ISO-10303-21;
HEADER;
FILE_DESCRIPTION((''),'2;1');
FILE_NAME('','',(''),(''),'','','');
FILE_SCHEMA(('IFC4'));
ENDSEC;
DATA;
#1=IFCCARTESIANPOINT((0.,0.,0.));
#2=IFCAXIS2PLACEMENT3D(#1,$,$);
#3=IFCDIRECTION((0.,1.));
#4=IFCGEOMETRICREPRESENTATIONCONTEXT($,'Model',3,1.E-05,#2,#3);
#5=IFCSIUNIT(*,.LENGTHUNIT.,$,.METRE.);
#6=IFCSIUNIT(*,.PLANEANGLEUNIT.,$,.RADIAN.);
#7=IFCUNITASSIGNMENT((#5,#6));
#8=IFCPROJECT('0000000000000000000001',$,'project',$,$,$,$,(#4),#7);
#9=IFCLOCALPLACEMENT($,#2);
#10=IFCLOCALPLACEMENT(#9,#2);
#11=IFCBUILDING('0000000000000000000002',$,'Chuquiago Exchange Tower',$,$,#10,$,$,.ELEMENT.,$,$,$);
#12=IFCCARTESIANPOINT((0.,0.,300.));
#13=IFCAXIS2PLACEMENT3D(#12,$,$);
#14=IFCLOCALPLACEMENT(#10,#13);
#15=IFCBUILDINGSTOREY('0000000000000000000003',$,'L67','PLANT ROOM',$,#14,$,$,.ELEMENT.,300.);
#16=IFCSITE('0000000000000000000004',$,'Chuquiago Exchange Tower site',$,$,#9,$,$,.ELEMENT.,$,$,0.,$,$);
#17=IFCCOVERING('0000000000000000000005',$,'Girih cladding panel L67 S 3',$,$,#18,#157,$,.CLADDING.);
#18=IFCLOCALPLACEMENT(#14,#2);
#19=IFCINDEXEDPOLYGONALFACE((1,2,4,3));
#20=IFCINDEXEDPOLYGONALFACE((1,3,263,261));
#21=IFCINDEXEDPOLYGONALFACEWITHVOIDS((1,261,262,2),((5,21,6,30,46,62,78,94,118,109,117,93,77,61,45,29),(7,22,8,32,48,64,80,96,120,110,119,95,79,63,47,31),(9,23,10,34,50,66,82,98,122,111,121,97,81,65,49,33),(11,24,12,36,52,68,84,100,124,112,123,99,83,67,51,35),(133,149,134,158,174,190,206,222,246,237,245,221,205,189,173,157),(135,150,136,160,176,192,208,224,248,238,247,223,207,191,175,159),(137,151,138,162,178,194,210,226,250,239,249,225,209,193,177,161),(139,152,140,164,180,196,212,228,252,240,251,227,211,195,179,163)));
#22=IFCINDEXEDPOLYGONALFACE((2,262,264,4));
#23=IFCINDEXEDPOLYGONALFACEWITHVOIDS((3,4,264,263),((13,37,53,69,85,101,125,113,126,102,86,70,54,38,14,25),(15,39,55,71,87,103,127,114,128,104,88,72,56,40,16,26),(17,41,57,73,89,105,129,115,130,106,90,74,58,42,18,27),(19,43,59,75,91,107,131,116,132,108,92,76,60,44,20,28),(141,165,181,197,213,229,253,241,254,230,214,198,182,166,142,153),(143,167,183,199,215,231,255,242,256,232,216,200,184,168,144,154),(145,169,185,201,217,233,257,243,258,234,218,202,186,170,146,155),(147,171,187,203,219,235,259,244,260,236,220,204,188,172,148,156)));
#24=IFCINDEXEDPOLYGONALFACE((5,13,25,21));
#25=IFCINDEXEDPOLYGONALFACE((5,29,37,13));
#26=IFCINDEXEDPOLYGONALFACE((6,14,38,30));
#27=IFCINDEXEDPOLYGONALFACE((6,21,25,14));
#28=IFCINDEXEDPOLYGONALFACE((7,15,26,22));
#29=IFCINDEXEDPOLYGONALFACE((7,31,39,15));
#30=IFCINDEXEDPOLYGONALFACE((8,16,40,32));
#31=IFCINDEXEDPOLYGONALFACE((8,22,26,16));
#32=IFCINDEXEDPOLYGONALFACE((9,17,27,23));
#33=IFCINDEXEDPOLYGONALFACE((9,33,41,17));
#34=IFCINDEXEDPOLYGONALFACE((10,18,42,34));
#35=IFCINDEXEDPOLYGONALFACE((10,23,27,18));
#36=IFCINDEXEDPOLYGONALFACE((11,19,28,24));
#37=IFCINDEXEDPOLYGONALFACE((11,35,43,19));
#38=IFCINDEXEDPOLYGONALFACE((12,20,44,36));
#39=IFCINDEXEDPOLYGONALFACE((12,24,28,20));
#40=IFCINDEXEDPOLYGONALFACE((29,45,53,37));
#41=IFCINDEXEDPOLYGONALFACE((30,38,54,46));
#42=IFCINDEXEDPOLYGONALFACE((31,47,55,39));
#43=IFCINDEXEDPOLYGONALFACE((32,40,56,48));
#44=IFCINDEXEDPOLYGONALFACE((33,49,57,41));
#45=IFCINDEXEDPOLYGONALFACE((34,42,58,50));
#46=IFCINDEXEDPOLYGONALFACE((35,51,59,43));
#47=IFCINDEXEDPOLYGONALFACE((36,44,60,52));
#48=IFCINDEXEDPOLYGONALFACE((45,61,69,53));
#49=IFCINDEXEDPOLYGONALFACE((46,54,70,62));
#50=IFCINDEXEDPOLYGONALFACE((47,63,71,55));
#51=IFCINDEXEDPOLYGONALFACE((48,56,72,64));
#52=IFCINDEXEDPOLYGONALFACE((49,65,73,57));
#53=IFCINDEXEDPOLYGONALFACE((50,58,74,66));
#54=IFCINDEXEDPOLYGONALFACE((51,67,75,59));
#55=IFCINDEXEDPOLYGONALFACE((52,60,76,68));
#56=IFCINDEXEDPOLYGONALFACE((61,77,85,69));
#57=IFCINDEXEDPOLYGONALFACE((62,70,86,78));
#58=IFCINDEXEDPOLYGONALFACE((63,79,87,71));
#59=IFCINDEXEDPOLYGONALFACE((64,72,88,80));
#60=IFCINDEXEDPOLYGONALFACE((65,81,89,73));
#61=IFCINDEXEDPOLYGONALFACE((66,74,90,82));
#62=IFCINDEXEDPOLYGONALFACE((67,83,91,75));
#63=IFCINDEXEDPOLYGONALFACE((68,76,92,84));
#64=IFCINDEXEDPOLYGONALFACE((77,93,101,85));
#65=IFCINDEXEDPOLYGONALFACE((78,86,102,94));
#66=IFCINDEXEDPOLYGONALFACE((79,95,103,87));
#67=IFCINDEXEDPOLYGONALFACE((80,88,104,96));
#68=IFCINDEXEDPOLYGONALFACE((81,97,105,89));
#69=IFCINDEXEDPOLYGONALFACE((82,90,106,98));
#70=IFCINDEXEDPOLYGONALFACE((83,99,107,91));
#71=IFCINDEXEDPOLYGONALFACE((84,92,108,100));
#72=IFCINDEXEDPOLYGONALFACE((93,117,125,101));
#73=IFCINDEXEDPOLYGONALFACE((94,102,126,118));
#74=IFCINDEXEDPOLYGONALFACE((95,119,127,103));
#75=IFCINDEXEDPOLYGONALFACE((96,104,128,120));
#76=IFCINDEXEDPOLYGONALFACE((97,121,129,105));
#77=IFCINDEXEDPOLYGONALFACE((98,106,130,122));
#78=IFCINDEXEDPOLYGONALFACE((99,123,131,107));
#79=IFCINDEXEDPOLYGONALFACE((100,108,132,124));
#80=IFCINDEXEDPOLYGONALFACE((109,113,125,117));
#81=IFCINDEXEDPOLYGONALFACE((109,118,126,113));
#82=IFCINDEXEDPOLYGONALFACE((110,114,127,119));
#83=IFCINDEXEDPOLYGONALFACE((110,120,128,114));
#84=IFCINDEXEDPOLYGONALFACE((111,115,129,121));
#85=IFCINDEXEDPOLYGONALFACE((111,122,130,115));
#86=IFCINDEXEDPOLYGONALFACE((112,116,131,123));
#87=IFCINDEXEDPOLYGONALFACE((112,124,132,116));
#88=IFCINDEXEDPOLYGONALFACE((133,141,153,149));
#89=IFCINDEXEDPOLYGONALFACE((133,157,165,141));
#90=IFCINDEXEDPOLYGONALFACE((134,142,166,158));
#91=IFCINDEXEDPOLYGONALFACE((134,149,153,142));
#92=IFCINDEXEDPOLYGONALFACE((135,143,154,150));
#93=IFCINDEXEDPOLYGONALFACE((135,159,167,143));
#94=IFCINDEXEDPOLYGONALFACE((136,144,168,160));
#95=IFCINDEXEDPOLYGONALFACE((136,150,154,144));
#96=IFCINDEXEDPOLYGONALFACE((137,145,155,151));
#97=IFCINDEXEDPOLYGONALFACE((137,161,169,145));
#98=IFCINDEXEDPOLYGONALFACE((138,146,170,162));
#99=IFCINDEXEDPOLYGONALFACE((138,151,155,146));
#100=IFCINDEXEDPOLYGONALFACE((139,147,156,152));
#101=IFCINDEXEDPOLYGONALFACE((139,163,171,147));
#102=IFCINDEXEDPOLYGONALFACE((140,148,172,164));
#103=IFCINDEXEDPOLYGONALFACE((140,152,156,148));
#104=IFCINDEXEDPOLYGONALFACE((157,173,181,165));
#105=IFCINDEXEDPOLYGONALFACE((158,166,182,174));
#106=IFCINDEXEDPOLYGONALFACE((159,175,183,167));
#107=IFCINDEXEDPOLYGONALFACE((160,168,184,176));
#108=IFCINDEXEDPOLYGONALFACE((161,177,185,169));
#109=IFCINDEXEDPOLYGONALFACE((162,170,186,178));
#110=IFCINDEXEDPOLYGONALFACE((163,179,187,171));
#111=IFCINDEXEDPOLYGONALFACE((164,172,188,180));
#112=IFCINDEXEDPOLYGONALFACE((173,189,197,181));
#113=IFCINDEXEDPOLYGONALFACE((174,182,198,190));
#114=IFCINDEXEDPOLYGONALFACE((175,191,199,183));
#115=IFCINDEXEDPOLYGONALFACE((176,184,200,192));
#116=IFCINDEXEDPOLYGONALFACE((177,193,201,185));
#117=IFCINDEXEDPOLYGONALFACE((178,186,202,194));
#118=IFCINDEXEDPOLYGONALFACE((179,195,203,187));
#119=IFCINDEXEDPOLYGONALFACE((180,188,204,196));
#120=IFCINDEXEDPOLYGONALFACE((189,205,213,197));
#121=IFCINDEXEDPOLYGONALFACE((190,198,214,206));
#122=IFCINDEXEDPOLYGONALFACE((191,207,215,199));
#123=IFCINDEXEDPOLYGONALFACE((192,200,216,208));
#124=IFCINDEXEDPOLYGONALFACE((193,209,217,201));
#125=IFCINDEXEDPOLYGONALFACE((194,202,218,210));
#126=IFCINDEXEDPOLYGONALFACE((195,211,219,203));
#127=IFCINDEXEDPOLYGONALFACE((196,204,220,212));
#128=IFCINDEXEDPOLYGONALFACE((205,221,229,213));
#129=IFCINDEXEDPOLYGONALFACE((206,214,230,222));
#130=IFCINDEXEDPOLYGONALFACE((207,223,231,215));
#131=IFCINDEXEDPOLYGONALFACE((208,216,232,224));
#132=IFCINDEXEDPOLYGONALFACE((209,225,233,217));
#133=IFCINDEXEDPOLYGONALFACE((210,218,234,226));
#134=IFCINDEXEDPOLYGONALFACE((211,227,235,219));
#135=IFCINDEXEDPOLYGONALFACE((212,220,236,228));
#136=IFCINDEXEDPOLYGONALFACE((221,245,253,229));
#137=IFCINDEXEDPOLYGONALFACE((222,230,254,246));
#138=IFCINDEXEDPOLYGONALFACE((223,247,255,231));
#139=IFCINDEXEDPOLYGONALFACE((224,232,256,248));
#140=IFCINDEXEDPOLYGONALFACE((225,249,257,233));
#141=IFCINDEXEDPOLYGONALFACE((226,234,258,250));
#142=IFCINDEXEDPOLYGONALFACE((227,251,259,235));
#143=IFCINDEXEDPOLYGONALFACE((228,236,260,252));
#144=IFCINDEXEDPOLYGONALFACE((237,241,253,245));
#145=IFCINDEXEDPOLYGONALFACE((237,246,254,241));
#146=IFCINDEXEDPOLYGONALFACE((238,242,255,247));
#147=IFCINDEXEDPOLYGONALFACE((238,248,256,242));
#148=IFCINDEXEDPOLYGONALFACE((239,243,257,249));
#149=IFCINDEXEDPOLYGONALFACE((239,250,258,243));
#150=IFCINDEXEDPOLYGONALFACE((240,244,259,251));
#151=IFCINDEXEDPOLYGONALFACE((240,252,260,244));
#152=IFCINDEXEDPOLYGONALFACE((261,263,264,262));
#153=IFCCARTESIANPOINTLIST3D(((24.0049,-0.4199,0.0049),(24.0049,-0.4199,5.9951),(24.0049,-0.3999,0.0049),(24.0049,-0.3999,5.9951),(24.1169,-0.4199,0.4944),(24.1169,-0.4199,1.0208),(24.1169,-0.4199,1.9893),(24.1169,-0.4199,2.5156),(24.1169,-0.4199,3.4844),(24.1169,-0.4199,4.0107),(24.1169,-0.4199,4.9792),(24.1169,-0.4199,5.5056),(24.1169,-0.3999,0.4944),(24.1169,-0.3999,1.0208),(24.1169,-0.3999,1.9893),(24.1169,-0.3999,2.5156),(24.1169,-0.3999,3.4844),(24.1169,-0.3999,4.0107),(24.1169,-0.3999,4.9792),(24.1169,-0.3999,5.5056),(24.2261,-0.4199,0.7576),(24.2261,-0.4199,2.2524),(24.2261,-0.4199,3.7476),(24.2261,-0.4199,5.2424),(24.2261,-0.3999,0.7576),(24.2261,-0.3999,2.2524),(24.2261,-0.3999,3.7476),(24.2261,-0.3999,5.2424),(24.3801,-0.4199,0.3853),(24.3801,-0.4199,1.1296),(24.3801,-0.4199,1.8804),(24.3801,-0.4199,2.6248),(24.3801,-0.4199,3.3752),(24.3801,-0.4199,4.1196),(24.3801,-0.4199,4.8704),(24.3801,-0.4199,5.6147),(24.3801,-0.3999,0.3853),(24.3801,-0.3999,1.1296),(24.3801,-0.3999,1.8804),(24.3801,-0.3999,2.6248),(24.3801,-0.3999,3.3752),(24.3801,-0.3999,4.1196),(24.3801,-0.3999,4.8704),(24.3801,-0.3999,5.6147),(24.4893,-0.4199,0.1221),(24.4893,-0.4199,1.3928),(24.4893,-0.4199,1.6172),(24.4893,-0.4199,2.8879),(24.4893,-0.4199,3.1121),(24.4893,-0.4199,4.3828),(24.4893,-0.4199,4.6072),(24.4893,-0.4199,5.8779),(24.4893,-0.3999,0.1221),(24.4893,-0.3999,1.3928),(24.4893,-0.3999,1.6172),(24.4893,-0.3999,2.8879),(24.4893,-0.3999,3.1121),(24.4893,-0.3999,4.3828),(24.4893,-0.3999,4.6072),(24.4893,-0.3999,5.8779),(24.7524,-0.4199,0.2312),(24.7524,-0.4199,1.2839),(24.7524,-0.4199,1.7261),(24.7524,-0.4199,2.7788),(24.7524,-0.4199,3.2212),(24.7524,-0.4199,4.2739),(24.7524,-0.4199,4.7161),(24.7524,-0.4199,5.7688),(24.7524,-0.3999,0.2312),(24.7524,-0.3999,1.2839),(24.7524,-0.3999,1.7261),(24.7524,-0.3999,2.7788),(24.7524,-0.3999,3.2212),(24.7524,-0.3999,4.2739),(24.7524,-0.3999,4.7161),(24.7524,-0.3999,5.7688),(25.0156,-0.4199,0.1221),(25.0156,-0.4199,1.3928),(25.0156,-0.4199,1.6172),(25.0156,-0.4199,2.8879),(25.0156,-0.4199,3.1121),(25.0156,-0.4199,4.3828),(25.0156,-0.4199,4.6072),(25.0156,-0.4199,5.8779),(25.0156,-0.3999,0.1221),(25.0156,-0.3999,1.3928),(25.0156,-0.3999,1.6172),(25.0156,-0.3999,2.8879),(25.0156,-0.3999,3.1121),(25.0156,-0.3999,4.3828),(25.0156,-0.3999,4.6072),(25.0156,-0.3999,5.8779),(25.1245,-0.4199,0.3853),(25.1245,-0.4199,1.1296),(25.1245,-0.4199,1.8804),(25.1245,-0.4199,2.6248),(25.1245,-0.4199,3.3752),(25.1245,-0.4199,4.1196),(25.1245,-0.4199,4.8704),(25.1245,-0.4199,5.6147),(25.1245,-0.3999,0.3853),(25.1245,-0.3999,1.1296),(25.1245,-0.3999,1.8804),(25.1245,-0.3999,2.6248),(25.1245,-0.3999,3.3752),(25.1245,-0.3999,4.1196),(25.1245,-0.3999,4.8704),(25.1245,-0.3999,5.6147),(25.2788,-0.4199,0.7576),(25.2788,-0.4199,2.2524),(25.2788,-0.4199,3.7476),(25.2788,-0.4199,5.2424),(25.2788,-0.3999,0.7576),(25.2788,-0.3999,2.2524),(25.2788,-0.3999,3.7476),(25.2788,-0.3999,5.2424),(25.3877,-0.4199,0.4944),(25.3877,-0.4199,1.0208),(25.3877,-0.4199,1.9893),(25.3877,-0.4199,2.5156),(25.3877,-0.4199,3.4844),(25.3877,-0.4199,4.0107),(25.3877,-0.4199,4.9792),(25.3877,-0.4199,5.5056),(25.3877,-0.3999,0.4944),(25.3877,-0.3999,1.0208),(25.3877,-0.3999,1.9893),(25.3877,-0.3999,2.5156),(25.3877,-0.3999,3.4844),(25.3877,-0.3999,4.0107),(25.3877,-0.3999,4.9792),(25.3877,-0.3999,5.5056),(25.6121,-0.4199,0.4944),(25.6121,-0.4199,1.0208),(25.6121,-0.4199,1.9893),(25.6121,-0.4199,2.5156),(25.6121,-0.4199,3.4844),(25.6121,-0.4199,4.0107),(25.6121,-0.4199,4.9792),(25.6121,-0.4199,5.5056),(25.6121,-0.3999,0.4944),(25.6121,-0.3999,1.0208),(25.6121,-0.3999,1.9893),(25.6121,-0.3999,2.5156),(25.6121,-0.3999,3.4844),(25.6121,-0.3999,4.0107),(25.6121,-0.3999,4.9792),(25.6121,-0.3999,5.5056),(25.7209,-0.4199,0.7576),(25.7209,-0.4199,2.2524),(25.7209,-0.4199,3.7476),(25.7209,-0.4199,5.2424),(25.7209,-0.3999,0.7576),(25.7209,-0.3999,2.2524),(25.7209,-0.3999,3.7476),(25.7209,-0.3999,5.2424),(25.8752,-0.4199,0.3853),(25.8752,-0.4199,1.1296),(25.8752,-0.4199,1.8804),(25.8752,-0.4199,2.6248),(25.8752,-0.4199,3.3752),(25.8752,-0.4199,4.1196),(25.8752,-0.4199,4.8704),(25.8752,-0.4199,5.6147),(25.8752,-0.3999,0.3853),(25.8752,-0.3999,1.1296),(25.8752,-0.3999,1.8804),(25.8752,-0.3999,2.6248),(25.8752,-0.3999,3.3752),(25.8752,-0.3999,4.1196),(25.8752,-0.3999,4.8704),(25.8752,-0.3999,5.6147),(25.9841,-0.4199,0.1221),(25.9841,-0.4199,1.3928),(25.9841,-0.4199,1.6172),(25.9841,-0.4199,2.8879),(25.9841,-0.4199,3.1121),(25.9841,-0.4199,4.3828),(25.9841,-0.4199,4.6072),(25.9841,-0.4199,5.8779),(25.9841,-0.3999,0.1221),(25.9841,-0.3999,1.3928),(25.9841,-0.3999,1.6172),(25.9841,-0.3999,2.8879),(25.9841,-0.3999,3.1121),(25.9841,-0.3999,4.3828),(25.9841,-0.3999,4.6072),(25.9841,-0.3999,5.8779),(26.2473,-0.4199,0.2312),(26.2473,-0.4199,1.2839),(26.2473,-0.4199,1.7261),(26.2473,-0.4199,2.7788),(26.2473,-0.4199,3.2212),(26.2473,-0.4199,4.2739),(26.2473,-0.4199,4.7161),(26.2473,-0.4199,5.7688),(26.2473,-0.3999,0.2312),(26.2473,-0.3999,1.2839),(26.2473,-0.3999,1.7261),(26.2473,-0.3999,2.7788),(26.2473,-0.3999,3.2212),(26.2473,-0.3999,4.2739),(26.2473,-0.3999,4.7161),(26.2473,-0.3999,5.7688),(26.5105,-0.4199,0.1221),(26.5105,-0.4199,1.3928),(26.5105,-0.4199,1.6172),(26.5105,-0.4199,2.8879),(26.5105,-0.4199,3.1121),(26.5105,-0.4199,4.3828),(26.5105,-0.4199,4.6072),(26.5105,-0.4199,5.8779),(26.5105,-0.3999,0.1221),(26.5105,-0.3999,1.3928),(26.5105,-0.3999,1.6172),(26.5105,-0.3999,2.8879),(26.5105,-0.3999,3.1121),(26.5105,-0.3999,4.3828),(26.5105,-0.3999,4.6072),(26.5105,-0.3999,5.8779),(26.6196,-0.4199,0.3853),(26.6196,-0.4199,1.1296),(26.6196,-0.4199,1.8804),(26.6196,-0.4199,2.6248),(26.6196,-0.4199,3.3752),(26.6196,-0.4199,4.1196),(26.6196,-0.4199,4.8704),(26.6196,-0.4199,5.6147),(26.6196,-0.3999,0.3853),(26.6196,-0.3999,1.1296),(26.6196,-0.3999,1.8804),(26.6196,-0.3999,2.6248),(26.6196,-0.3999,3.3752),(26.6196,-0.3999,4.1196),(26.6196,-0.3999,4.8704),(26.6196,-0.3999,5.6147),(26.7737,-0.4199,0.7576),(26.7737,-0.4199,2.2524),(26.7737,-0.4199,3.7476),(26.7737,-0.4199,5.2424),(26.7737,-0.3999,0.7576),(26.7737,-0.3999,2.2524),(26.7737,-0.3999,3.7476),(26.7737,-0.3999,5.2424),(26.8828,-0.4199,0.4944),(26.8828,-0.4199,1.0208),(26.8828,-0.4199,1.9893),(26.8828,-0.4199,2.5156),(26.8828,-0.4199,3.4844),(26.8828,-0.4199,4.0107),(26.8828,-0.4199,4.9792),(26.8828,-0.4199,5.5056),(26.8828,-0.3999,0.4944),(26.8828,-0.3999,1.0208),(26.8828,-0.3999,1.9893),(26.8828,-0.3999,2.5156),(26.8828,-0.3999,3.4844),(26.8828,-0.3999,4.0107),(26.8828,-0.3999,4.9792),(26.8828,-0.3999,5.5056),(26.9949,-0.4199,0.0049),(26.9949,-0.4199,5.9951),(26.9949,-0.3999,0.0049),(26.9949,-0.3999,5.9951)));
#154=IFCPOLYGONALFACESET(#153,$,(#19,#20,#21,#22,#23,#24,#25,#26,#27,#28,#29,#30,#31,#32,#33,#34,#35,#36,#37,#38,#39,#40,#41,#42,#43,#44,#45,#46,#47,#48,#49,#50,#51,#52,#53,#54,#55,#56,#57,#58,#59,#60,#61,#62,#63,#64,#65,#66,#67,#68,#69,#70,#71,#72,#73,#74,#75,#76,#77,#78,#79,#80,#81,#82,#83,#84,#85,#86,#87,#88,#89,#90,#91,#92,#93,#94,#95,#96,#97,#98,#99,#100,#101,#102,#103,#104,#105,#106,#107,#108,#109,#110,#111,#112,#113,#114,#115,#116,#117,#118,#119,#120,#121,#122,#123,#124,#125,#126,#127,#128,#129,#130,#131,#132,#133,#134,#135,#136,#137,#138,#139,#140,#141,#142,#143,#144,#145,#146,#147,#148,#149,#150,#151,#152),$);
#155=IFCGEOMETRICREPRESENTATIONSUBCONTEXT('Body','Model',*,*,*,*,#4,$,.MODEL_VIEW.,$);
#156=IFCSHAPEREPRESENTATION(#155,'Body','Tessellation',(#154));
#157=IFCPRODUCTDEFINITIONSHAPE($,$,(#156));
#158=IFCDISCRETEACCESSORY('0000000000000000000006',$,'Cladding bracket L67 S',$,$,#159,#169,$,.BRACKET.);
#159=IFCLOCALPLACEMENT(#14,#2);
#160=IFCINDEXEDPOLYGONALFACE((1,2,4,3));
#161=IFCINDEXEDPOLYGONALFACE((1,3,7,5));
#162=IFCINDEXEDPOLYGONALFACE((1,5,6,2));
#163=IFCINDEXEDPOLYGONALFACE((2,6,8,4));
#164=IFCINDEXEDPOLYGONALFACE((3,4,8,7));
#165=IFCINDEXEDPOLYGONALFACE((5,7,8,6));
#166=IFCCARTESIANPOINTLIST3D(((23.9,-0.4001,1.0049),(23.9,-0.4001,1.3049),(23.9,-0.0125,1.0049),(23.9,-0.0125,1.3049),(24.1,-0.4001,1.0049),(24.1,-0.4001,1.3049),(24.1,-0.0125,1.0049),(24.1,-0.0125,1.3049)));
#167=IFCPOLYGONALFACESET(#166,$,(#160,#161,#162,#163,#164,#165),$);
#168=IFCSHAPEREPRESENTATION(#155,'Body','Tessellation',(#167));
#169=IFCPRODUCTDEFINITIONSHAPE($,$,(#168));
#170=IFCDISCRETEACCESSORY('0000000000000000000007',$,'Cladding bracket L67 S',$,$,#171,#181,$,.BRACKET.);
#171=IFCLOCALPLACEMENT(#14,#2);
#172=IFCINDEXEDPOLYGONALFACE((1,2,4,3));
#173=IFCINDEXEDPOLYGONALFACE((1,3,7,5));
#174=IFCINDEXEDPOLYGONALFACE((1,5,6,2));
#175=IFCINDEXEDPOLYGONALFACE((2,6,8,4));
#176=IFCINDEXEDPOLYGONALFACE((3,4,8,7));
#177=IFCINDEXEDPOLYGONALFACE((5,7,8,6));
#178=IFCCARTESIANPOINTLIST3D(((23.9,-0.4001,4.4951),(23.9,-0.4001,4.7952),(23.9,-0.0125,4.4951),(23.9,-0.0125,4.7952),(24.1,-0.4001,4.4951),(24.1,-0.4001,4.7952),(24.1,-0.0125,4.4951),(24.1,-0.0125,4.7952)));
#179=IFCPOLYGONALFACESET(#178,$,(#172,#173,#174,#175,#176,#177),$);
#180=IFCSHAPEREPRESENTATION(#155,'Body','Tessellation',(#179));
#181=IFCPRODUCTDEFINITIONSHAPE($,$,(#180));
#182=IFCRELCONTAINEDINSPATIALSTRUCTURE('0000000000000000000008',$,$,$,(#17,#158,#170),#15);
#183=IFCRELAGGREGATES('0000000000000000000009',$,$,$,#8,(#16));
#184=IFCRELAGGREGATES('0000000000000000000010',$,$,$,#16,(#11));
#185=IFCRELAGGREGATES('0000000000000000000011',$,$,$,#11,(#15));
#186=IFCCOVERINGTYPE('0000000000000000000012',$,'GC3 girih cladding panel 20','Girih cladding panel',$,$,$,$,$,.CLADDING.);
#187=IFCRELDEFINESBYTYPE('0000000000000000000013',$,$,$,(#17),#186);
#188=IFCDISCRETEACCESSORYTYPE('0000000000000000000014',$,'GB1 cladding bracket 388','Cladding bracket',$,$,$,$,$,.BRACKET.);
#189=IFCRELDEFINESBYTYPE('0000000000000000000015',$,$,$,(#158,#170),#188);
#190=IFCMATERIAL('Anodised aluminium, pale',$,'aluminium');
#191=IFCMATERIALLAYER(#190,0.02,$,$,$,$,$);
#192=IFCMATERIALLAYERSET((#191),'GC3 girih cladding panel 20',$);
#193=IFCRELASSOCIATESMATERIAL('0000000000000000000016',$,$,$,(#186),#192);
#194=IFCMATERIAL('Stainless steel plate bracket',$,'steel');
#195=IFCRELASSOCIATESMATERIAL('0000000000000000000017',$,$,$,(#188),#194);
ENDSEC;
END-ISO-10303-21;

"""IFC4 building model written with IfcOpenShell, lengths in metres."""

from ifc_helpers import new_model, si_unit, direction, frame, origin, origin_2d, place, context, subcontext, project, spatial, polyline, rectangle, outline, extrude, material, layer, layer_set, type_object, element, save


model = new_model("IFC4")

# Units and contexts
model_context = context("Model", 3, precision=1e-05, world=origin(), true_north=direction((0.0, 1.0)))
body_context = subcontext(model_context, "Body", "Model", "MODEL_VIEW")
ifc_project = project(units=[si_unit("LENGTHUNIT", "METRE"), si_unit("PLANEANGLEUNIT", "RADIAN")], contexts=[model_context])

# Site, building, storey
site_placement = place(None, origin())
site = spatial("IfcSite", under=ifc_project, at=site_placement, Name="Chuquiago Exchange Tower site", CompositionType="ELEMENT", RefElevation=0.0)
building_placement = place(site_placement, origin())
building = spatial("IfcBuilding", under=site, at=building_placement, Name="Chuquiago Exchange Tower", CompositionType="ELEMENT")
storey_placement = place(building_placement, frame((0.0, 0.0, 300.0)))
storey = spatial("IfcBuildingStorey", under=building, at=storey_placement, Name="L67", Description="PLANT ROOM", CompositionType="ELEMENT", Elevation=300.0)

# Covering
ifc_material_1 = material(Name="Anodised aluminium, pale", Category="aluminium")
ifc_layer_1 = layer(ifc_material_1, 0.02)
ifc_layer_set_1 = layer_set([ifc_layer_1], Name="GC3 girih cladding panel 20")
covering_type_1 = type_object("IfcCoveringType", Name="GC3 girih cladding panel 20", Description="Girih cladding panel", PredefinedType="CLADDING", material=ifc_layer_set_1)
covering_1_placement = place(storey_placement, frame((24.0049, -0.3999, 0.0049), z_axis=(0.0, 0.0, 1.0), x_axis=(1.0, 0.0, 0.0)))
element("IfcCovering", 1, at=covering_1_placement, inside=storey, type_object=covering_type_1, Name="Girih cladding panel L67 S 3", PredefinedType="CLADDING", context=body_context, shape_type="SweptSolid", body=[
    extrude(outline(polyline([(0.0, 0.0), (2.99, 0.0), (2.99, 5.9902), (0.0, 5.9902), (0.0, 0.0)]), holes=[polyline([(1.2739, 0.7527), (1.3828, 1.0159), (1.1196, 1.1248), (1.0107, 1.3879), (0.7476, 1.2791), (0.4844, 1.3879), (0.3752, 1.1248), (0.1121, 1.0159), (0.2212, 0.7527), (0.1121, 0.4895), (0.3752, 0.3804), (0.4844, 0.1172), (0.7476, 0.2263), (1.0107, 0.1172), (1.1196, 0.3804), (1.3828, 0.4895), (1.2739, 0.7527)]), polyline([(2.7688, 0.7527), (2.8779, 1.0159), (2.6147, 1.1248), (2.5056, 1.3879), (2.2424, 1.2791), (1.9792, 1.3879), (1.8704, 1.1248), (1.6072, 1.0159), (1.7161, 0.7527), (1.6072, 0.4895), (1.8704, 0.3804), (1.9792, 0.1172), (2.2424, 0.2263), (2.5056, 0.1172), (2.6147, 0.3804), (2.8779, 0.4895), (2.7688, 0.7527)]), polyline([(1.2739, 2.2476), (1.3828, 2.5107), (1.1196, 2.6199), (1.0107, 2.8831), (0.7476, 2.7739), (0.4844, 2.8831), (0.3752, 2.6199), (0.1121, 2.5107), (0.2212, 2.2476), (0.1121, 1.9844), (0.3752, 1.8755), (0.4844, 1.6123), (0.7476, 1.7212), (1.0107, 1.6123), (1.1196, 1.8755), (1.3828, 1.9844), (1.2739, 2.2476)]), polyline([(2.7688, 2.2476), (2.8779, 2.5107), (2.6147, 2.6199), (2.5056, 2.8831), (2.2424, 2.7739), (1.9792, 2.8831), (1.8704, 2.6199), (1.6072, 2.5107), (1.7161, 2.2476), (1.6072, 1.9844), (1.8704, 1.8755), (1.9792, 1.6123), (2.2424, 1.7212), (2.5056, 1.6123), (2.6147, 1.8755), (2.8779, 1.9844), (2.7688, 2.2476)]), polyline([(1.2739, 3.7427), (1.3828, 4.0059), (1.1196, 4.1147), (1.0107, 4.3779), (0.7476, 4.269), (0.4844, 4.3779), (0.3752, 4.1147), (0.1121, 4.0059), (0.2212, 3.7427), (0.1121, 3.4795), (0.3752, 3.3704), (0.4844, 3.1072), (0.7476, 3.2163), (1.0107, 3.1072), (1.1196, 3.3704), (1.3828, 3.4795), (1.2739, 3.7427)]), polyline([(2.7688, 3.7427), (2.8779, 4.0059), (2.6147, 4.1147), (2.5056, 4.3779), (2.2424, 4.269), (1.9792, 4.3779), (1.8704, 4.1147), (1.6072, 4.0059), (1.7161, 3.7427), (1.6072, 3.4795), (1.8704, 3.3704), (1.9792, 3.1072), (2.2424, 3.2163), (2.5056, 3.1072), (2.6147, 3.3704), (2.8779, 3.4795), (2.7688, 3.7427)]), polyline([(1.2739, 5.2375), (1.3828, 5.5007), (1.1196, 5.6099), (1.0107, 5.873), (0.7476, 5.7639), (0.4844, 5.873), (0.3752, 5.6099), (0.1121, 5.5007), (0.2212, 5.2375), (0.1121, 4.9744), (0.3752, 4.8655), (0.4844, 4.6023), (0.7476, 4.7112), (1.0107, 4.6023), (1.1196, 4.8655), (1.3828, 4.9744), (1.2739, 5.2375)]), polyline([(2.7688, 5.2375), (2.8779, 5.5007), (2.6147, 5.6099), (2.5056, 5.873), (2.2424, 5.7639), (1.9792, 5.873), (1.8704, 5.6099), (1.6072, 5.5007), (1.7161, 5.2375), (1.6072, 4.9744), (1.8704, 4.8655), (1.9792, 4.6023), (2.2424, 4.7112), (2.5056, 4.6023), (2.6147, 4.8655), (2.8779, 4.9744), (2.7688, 5.2375)])]), frame((0.0, 0.0, 0.0), z_axis=(0.0, -1.0, 0.0), x_axis=(1.0, 0.0, 0.0)), (0.0, 0.0, 1.0), 0.02),
])

# Discrete accessories
ifc_material_2 = material(Name="Stainless steel plate bracket", Category="steel")
discrete_accessory_type_1 = type_object("IfcDiscreteAccessoryType", Name="GB1 cladding bracket 388", Description="Cladding bracket", PredefinedType="BRACKET", material=ifc_material_2)
for number, where, z_axis, x_axis, name in (
    (2, (24.0, -0.2063, 1.0049), (0.0, 0.0, 1.0), (1.0, 0.0, 0.0), "Cladding bracket L67 S"),
    (3, (24.0, -0.2063, 4.4951), (0.0, 0.0, 1.0), (1.0, 0.0, 0.0), "Cladding bracket L67 S"),
):
    element("IfcDiscreteAccessory", number, at=place(storey_placement, frame(where, z_axis=z_axis, x_axis=x_axis)), inside=storey, type_object=discrete_accessory_type_1, Name=name, PredefinedType="BRACKET", context=body_context, shape_type="SweptSolid", body=[
        extrude(rectangle(XDim=0.2, YDim=0.3877, at=origin_2d()), origin(), (0.0, 0.0, 1.0), 0.3),
    ])

save(model, "model.ifc")
